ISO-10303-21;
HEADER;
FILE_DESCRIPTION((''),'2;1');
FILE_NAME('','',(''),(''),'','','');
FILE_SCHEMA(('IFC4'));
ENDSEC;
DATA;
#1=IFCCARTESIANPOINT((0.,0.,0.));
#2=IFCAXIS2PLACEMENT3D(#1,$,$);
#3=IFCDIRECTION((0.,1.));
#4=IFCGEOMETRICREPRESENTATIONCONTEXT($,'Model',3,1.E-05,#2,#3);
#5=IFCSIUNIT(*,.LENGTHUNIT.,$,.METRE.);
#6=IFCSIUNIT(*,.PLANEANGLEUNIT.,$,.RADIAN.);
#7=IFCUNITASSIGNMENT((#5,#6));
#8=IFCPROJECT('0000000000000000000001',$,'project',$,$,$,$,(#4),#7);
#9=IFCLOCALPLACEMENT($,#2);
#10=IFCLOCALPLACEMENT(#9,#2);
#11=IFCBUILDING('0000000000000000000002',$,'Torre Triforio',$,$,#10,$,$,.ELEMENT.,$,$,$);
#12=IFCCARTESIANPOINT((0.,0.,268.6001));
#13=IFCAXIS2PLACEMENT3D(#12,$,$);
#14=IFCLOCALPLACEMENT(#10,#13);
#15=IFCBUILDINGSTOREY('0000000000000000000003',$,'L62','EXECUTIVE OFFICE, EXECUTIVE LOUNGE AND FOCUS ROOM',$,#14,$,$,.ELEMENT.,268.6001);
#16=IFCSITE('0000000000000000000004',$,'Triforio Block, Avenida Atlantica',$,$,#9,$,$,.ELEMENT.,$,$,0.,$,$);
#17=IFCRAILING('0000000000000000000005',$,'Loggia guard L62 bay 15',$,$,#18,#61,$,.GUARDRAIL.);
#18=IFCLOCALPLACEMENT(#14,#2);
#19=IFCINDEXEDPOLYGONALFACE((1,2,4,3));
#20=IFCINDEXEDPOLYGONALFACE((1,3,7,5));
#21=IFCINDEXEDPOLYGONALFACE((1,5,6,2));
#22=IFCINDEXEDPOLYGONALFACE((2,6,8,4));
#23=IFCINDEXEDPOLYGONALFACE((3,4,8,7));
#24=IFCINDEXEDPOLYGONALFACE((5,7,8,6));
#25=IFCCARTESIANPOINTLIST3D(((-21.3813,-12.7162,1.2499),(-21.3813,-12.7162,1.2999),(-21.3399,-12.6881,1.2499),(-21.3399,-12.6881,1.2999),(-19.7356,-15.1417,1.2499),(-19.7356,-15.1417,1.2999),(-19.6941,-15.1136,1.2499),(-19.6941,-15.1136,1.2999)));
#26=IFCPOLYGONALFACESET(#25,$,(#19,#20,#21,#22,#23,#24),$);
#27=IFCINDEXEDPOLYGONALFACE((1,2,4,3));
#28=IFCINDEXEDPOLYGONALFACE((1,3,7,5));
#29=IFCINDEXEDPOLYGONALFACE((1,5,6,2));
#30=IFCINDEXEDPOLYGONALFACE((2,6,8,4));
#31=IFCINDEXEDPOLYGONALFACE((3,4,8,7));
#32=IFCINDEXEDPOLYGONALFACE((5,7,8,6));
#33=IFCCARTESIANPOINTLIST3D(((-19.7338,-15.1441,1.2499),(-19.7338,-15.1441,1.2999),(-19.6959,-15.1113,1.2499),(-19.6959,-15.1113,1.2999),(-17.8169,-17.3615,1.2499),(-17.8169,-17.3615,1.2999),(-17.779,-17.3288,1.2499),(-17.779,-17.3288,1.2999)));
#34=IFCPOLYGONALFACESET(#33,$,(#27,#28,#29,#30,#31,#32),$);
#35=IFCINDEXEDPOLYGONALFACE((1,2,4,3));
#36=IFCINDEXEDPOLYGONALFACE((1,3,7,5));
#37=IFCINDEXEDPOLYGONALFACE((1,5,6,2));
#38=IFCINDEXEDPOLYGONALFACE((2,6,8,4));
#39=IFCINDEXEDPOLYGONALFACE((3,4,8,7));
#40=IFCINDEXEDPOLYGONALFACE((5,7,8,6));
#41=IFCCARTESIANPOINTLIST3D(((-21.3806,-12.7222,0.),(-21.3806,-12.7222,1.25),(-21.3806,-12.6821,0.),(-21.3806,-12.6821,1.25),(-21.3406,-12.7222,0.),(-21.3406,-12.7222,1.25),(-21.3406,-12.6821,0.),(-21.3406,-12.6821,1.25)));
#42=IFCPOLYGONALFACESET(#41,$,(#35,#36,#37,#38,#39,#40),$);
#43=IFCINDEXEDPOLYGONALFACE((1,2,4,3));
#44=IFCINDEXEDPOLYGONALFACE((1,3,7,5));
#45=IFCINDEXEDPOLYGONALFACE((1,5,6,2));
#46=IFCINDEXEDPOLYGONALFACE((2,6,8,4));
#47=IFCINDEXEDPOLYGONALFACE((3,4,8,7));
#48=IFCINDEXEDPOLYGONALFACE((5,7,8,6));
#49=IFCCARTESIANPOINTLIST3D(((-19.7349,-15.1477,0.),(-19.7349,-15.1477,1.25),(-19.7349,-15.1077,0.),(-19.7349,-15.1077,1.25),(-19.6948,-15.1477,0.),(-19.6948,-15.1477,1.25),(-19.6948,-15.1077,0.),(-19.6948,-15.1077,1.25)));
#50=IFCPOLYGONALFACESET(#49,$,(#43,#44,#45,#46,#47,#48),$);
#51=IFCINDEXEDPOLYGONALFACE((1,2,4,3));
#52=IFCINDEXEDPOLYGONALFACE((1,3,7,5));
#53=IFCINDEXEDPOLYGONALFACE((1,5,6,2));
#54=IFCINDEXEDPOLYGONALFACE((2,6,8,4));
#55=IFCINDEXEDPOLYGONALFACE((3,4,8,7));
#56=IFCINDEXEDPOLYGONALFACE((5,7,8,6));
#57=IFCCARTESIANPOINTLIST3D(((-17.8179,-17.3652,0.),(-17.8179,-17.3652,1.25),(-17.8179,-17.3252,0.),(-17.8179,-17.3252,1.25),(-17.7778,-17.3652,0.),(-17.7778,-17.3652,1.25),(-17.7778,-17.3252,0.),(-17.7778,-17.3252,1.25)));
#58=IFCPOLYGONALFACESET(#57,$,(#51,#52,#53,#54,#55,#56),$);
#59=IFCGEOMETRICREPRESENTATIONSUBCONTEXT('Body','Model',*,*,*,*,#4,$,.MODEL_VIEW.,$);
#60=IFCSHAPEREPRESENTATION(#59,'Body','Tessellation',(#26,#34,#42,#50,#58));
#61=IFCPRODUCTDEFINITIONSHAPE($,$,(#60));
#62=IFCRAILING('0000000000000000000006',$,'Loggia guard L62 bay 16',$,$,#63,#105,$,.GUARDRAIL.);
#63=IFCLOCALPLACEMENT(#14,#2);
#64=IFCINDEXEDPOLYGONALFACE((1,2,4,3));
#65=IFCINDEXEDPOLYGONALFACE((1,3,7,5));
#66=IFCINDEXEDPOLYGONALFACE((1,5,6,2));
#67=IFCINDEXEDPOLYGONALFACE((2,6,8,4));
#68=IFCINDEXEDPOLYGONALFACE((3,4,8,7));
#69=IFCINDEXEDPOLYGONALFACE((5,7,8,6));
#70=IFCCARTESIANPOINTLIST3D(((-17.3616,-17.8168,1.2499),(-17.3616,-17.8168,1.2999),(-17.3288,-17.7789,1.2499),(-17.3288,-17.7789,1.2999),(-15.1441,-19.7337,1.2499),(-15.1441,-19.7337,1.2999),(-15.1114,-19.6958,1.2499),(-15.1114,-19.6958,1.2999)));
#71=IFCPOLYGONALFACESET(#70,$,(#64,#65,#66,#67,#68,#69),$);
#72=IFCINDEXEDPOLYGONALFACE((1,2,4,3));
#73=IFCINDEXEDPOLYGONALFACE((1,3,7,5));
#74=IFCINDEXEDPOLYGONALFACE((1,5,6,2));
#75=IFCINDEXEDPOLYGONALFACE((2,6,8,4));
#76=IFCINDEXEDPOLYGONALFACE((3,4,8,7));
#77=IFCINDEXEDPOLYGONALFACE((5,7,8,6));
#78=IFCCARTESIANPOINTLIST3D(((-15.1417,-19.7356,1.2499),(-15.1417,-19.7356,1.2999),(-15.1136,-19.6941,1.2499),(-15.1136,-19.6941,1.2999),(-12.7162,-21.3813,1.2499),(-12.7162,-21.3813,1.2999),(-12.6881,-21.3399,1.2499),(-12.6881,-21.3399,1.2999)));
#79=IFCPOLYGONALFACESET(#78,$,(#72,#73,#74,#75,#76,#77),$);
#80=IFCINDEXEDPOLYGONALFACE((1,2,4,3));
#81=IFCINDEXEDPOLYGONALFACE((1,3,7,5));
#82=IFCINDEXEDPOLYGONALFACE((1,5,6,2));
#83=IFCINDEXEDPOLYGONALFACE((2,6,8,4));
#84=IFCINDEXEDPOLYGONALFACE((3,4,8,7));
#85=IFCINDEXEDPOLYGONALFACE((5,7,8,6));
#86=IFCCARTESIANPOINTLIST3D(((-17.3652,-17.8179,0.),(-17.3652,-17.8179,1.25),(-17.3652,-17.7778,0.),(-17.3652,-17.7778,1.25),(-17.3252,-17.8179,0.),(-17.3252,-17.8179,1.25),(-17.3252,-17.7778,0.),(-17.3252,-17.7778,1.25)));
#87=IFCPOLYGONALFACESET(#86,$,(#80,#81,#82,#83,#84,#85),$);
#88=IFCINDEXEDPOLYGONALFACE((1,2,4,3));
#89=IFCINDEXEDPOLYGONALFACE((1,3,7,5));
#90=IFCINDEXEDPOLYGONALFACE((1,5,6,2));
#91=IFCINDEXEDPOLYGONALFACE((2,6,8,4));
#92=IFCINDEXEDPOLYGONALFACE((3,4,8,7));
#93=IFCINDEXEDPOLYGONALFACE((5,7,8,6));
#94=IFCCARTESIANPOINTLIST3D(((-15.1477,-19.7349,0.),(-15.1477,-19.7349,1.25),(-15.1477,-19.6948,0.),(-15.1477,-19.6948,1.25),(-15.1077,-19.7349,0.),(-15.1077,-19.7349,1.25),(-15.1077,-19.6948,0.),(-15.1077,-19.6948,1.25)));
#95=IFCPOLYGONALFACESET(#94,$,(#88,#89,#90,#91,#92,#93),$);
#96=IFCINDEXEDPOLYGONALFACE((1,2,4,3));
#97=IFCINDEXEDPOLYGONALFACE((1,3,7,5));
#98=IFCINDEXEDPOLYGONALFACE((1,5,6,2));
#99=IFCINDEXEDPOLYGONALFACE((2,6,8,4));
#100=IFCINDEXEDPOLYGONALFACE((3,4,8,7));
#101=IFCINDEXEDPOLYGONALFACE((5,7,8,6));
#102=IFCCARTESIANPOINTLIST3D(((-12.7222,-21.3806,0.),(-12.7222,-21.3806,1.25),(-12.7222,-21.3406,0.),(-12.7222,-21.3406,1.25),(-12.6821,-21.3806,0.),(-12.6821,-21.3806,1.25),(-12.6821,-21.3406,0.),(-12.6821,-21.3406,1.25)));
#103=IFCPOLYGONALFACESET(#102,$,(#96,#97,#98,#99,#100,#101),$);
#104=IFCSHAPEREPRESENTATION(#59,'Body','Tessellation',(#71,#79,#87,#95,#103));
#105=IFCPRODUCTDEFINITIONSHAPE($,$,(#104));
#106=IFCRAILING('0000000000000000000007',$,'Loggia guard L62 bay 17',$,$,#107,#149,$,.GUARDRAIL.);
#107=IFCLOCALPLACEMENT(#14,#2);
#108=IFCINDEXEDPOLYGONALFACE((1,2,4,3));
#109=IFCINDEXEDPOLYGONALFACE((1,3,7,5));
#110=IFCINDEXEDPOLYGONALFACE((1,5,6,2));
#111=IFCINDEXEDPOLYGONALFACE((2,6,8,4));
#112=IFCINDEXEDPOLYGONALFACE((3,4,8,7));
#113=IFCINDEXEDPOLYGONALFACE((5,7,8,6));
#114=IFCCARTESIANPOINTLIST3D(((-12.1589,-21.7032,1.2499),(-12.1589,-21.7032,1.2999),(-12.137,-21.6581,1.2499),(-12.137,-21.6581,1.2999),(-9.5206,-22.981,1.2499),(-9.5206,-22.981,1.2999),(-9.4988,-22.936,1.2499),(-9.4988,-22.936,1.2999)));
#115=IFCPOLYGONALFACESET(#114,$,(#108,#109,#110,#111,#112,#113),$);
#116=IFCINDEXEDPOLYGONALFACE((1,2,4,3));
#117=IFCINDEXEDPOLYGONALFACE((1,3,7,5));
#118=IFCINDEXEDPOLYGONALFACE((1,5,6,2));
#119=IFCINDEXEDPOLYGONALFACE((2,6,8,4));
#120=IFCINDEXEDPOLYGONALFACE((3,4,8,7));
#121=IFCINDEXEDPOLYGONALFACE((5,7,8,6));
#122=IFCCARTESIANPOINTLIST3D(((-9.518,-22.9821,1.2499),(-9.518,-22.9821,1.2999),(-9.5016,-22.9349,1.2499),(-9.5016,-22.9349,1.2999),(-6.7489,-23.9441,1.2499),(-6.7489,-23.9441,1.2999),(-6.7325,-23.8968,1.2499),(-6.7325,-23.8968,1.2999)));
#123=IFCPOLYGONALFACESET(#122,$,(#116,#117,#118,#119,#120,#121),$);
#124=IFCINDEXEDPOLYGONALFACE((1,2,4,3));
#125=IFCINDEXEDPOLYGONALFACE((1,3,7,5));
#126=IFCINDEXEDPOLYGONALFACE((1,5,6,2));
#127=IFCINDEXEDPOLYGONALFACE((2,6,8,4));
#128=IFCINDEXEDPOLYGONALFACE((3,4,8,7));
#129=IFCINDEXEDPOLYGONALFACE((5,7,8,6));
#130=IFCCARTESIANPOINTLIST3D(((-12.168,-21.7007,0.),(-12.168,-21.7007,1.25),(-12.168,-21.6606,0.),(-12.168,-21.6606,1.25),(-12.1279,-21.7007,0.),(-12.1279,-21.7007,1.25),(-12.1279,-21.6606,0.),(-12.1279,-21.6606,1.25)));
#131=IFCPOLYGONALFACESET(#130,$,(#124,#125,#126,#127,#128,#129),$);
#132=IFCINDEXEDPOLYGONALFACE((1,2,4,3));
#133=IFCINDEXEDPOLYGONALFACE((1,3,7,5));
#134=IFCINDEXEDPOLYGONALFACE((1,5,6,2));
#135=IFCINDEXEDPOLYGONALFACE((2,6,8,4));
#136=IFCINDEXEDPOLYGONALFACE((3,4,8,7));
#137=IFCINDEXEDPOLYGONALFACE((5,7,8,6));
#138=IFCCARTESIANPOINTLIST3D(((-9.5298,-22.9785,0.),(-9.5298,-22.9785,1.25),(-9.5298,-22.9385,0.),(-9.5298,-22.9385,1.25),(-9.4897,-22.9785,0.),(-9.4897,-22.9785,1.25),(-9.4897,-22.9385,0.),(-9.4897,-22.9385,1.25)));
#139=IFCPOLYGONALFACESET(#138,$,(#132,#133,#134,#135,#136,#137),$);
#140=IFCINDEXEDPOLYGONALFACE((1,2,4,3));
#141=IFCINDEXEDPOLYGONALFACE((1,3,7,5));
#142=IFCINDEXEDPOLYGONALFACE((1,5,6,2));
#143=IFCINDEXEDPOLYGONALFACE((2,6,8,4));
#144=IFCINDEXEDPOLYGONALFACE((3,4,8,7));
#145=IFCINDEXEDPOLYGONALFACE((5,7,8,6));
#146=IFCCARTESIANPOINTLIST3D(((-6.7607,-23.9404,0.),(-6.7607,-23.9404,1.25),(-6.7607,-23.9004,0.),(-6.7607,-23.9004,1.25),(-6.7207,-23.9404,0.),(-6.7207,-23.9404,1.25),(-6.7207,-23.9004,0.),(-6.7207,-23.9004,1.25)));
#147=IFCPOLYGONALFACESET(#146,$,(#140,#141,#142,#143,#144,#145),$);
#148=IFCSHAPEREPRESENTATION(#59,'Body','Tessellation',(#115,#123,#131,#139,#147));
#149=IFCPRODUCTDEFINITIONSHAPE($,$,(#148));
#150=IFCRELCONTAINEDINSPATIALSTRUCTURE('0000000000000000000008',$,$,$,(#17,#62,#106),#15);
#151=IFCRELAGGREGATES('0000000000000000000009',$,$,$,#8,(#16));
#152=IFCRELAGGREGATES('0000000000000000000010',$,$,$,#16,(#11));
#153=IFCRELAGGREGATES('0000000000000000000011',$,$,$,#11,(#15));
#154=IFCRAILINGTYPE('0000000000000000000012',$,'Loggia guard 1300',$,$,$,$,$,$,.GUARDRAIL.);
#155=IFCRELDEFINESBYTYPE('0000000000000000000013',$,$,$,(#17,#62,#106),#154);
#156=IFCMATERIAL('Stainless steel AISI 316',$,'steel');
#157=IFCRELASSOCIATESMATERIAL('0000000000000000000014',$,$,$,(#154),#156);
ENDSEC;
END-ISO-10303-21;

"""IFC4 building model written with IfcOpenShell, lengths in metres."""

from ifc_helpers import new_model, si_unit, direction, frame, origin, origin_2d, place, context, subcontext, project, spatial, rectangle, extrude, material, type_object, element, save


model = new_model("IFC4")

# Units and contexts
model_context = context("Model", 3, precision=1e-05, world=origin(), true_north=direction((0.0, 1.0)))
body_context = subcontext(model_context, "Body", "Model", "MODEL_VIEW")
ifc_project = project(units=[si_unit("LENGTHUNIT", "METRE"), si_unit("PLANEANGLEUNIT", "RADIAN")], contexts=[model_context])

# Site, building, storey
site_placement = place(None, origin())
site = spatial("IfcSite", under=ifc_project, at=site_placement, Name="Triforio Block, Avenida Atlantica", CompositionType="ELEMENT", RefElevation=0.0)
building_placement = place(site_placement, origin())
building = spatial("IfcBuilding", under=site, at=building_placement, Name="Torre Triforio", CompositionType="ELEMENT")
storey_placement = place(building_placement, frame((0.0, 0.0, 268.6001)))
storey = spatial("IfcBuildingStorey", under=building, at=storey_placement, Name="L62", Description="EXECUTIVE OFFICE, EXECUTIVE LOUNGE AND FOCUS ROOM", CompositionType="ELEMENT", Elevation=268.6001)

# Railings
ifc_material_1 = material(Name="Stainless steel AISI 316", Category="steel")
railing_type = type_object("IfcRailingType", Name="Loggia guard 1300", PredefinedType="GUARDRAIL", material=ifc_material_1)
railing_1_placement = place(storey_placement, frame((-21.3606, -12.7021, 0.0)))
element("IfcRailing", 1, at=railing_1_placement, inside=storey, type_object=railing_type, Name="Loggia guard L62 bay 15", PredefinedType="GUARDRAIL", context=body_context, shape_type="SweptSolid", body=[
    extrude(rectangle(XDim=0.05, YDim=0.05, at=origin_2d()), frame((0.0, 0.0, 1.2749), z_axis=(0.561467, -0.827499, 0.0), x_axis=(0.827499, 0.561467, 0.0)), (0.0, 0.0, 1.0), 2.9312),
    extrude(rectangle(XDim=0.05, YDim=0.05, at=origin_2d()), frame((1.6458, -2.4255, 1.2749), z_axis=(0.653982, -0.75651, 0.0), x_axis=(0.75651, 0.653982, 0.0)), (0.0, 0.0, 1.0), 2.9312),
    extrude(rectangle(XDim=0.04, YDim=0.04, at=origin_2d()), origin(), (0.0, 0.0, 1.0), 1.25),
    extrude(rectangle(XDim=0.04, YDim=0.04, at=origin_2d()), frame((1.6458, -2.4255, 0.0)), (0.0, 0.0, 1.0), 1.25),
    extrude(rectangle(XDim=0.04, YDim=0.04, at=origin_2d()), frame((3.5627, -4.6431, 0.0)), (0.0, 0.0, 1.0), 1.25),
])
railing_2_placement = place(storey_placement, frame((-17.3452, -17.7979, 0.0)))
element("IfcRailing", 2, at=railing_2_placement, inside=storey, type_object=railing_type, Name="Loggia guard L62 bay 16", PredefinedType="GUARDRAIL", context=body_context, shape_type="SweptSolid", body=[
    extrude(rectangle(XDim=0.05, YDim=0.05, at=origin_2d()), frame((0.0, 0.0, 1.2749), z_axis=(0.75651, -0.653982, 0.0), x_axis=(0.653982, 0.75651, 0.0)), (0.0, 0.0, 1.0), 2.9312),
    extrude(rectangle(XDim=0.05, YDim=0.05, at=origin_2d()), frame((2.2175, -1.917, 1.2749), z_axis=(0.827499, -0.561467, 0.0), x_axis=(0.561467, 0.827499, 0.0)), (0.0, 0.0, 1.0), 2.9312),
    extrude(rectangle(XDim=0.04, YDim=0.04, at=origin_2d()), origin(), (0.0, 0.0, 1.0), 1.25),
    extrude(rectangle(XDim=0.04, YDim=0.04, at=origin_2d()), frame((2.2175, -1.917, 0.0)), (0.0, 0.0, 1.0), 1.25),
    extrude(rectangle(XDim=0.04, YDim=0.04, at=origin_2d()), frame((4.6431, -3.5627, 0.0)), (0.0, 0.0, 1.0), 1.25),
])
railing_3_placement = place(storey_placement, frame((-12.1479, -21.6807, 0.0)))
element("IfcRailing", 3, at=railing_3_placement, inside=storey, type_object=railing_type, Name="Loggia guard L62 bay 17", PredefinedType="GUARDRAIL", context=body_context, shape_type="SweptSolid", body=[
    extrude(rectangle(XDim=0.05, YDim=0.05, at=origin_2d()), frame((0.0, 0.0, 1.2749), z_axis=(0.899986, -0.435918, 0.0), x_axis=(0.435918, 0.899986, 0.0)), (0.0, 0.0, 1.0), 2.9314),
    extrude(rectangle(XDim=0.05, YDim=0.05, at=origin_2d()), frame((2.6382, -1.2778, 1.2749), z_axis=(0.944627, -0.328146, 0.0), x_axis=(0.328146, 0.944627, 0.0)), (0.0, 0.0, 1.0), 2.9314),
    extrude(rectangle(XDim=0.04, YDim=0.04, at=origin_2d()), origin(), (0.0, 0.0, 1.0), 1.25),
    extrude(rectangle(XDim=0.04, YDim=0.04, at=origin_2d()), frame((2.6382, -1.2778, 0.0)), (0.0, 0.0, 1.0), 1.25),
    extrude(rectangle(XDim=0.04, YDim=0.04, at=origin_2d()), frame((5.4072, -2.2397, 0.0)), (0.0, 0.0, 1.0), 1.25),
])

save(model, "model.ifc")
